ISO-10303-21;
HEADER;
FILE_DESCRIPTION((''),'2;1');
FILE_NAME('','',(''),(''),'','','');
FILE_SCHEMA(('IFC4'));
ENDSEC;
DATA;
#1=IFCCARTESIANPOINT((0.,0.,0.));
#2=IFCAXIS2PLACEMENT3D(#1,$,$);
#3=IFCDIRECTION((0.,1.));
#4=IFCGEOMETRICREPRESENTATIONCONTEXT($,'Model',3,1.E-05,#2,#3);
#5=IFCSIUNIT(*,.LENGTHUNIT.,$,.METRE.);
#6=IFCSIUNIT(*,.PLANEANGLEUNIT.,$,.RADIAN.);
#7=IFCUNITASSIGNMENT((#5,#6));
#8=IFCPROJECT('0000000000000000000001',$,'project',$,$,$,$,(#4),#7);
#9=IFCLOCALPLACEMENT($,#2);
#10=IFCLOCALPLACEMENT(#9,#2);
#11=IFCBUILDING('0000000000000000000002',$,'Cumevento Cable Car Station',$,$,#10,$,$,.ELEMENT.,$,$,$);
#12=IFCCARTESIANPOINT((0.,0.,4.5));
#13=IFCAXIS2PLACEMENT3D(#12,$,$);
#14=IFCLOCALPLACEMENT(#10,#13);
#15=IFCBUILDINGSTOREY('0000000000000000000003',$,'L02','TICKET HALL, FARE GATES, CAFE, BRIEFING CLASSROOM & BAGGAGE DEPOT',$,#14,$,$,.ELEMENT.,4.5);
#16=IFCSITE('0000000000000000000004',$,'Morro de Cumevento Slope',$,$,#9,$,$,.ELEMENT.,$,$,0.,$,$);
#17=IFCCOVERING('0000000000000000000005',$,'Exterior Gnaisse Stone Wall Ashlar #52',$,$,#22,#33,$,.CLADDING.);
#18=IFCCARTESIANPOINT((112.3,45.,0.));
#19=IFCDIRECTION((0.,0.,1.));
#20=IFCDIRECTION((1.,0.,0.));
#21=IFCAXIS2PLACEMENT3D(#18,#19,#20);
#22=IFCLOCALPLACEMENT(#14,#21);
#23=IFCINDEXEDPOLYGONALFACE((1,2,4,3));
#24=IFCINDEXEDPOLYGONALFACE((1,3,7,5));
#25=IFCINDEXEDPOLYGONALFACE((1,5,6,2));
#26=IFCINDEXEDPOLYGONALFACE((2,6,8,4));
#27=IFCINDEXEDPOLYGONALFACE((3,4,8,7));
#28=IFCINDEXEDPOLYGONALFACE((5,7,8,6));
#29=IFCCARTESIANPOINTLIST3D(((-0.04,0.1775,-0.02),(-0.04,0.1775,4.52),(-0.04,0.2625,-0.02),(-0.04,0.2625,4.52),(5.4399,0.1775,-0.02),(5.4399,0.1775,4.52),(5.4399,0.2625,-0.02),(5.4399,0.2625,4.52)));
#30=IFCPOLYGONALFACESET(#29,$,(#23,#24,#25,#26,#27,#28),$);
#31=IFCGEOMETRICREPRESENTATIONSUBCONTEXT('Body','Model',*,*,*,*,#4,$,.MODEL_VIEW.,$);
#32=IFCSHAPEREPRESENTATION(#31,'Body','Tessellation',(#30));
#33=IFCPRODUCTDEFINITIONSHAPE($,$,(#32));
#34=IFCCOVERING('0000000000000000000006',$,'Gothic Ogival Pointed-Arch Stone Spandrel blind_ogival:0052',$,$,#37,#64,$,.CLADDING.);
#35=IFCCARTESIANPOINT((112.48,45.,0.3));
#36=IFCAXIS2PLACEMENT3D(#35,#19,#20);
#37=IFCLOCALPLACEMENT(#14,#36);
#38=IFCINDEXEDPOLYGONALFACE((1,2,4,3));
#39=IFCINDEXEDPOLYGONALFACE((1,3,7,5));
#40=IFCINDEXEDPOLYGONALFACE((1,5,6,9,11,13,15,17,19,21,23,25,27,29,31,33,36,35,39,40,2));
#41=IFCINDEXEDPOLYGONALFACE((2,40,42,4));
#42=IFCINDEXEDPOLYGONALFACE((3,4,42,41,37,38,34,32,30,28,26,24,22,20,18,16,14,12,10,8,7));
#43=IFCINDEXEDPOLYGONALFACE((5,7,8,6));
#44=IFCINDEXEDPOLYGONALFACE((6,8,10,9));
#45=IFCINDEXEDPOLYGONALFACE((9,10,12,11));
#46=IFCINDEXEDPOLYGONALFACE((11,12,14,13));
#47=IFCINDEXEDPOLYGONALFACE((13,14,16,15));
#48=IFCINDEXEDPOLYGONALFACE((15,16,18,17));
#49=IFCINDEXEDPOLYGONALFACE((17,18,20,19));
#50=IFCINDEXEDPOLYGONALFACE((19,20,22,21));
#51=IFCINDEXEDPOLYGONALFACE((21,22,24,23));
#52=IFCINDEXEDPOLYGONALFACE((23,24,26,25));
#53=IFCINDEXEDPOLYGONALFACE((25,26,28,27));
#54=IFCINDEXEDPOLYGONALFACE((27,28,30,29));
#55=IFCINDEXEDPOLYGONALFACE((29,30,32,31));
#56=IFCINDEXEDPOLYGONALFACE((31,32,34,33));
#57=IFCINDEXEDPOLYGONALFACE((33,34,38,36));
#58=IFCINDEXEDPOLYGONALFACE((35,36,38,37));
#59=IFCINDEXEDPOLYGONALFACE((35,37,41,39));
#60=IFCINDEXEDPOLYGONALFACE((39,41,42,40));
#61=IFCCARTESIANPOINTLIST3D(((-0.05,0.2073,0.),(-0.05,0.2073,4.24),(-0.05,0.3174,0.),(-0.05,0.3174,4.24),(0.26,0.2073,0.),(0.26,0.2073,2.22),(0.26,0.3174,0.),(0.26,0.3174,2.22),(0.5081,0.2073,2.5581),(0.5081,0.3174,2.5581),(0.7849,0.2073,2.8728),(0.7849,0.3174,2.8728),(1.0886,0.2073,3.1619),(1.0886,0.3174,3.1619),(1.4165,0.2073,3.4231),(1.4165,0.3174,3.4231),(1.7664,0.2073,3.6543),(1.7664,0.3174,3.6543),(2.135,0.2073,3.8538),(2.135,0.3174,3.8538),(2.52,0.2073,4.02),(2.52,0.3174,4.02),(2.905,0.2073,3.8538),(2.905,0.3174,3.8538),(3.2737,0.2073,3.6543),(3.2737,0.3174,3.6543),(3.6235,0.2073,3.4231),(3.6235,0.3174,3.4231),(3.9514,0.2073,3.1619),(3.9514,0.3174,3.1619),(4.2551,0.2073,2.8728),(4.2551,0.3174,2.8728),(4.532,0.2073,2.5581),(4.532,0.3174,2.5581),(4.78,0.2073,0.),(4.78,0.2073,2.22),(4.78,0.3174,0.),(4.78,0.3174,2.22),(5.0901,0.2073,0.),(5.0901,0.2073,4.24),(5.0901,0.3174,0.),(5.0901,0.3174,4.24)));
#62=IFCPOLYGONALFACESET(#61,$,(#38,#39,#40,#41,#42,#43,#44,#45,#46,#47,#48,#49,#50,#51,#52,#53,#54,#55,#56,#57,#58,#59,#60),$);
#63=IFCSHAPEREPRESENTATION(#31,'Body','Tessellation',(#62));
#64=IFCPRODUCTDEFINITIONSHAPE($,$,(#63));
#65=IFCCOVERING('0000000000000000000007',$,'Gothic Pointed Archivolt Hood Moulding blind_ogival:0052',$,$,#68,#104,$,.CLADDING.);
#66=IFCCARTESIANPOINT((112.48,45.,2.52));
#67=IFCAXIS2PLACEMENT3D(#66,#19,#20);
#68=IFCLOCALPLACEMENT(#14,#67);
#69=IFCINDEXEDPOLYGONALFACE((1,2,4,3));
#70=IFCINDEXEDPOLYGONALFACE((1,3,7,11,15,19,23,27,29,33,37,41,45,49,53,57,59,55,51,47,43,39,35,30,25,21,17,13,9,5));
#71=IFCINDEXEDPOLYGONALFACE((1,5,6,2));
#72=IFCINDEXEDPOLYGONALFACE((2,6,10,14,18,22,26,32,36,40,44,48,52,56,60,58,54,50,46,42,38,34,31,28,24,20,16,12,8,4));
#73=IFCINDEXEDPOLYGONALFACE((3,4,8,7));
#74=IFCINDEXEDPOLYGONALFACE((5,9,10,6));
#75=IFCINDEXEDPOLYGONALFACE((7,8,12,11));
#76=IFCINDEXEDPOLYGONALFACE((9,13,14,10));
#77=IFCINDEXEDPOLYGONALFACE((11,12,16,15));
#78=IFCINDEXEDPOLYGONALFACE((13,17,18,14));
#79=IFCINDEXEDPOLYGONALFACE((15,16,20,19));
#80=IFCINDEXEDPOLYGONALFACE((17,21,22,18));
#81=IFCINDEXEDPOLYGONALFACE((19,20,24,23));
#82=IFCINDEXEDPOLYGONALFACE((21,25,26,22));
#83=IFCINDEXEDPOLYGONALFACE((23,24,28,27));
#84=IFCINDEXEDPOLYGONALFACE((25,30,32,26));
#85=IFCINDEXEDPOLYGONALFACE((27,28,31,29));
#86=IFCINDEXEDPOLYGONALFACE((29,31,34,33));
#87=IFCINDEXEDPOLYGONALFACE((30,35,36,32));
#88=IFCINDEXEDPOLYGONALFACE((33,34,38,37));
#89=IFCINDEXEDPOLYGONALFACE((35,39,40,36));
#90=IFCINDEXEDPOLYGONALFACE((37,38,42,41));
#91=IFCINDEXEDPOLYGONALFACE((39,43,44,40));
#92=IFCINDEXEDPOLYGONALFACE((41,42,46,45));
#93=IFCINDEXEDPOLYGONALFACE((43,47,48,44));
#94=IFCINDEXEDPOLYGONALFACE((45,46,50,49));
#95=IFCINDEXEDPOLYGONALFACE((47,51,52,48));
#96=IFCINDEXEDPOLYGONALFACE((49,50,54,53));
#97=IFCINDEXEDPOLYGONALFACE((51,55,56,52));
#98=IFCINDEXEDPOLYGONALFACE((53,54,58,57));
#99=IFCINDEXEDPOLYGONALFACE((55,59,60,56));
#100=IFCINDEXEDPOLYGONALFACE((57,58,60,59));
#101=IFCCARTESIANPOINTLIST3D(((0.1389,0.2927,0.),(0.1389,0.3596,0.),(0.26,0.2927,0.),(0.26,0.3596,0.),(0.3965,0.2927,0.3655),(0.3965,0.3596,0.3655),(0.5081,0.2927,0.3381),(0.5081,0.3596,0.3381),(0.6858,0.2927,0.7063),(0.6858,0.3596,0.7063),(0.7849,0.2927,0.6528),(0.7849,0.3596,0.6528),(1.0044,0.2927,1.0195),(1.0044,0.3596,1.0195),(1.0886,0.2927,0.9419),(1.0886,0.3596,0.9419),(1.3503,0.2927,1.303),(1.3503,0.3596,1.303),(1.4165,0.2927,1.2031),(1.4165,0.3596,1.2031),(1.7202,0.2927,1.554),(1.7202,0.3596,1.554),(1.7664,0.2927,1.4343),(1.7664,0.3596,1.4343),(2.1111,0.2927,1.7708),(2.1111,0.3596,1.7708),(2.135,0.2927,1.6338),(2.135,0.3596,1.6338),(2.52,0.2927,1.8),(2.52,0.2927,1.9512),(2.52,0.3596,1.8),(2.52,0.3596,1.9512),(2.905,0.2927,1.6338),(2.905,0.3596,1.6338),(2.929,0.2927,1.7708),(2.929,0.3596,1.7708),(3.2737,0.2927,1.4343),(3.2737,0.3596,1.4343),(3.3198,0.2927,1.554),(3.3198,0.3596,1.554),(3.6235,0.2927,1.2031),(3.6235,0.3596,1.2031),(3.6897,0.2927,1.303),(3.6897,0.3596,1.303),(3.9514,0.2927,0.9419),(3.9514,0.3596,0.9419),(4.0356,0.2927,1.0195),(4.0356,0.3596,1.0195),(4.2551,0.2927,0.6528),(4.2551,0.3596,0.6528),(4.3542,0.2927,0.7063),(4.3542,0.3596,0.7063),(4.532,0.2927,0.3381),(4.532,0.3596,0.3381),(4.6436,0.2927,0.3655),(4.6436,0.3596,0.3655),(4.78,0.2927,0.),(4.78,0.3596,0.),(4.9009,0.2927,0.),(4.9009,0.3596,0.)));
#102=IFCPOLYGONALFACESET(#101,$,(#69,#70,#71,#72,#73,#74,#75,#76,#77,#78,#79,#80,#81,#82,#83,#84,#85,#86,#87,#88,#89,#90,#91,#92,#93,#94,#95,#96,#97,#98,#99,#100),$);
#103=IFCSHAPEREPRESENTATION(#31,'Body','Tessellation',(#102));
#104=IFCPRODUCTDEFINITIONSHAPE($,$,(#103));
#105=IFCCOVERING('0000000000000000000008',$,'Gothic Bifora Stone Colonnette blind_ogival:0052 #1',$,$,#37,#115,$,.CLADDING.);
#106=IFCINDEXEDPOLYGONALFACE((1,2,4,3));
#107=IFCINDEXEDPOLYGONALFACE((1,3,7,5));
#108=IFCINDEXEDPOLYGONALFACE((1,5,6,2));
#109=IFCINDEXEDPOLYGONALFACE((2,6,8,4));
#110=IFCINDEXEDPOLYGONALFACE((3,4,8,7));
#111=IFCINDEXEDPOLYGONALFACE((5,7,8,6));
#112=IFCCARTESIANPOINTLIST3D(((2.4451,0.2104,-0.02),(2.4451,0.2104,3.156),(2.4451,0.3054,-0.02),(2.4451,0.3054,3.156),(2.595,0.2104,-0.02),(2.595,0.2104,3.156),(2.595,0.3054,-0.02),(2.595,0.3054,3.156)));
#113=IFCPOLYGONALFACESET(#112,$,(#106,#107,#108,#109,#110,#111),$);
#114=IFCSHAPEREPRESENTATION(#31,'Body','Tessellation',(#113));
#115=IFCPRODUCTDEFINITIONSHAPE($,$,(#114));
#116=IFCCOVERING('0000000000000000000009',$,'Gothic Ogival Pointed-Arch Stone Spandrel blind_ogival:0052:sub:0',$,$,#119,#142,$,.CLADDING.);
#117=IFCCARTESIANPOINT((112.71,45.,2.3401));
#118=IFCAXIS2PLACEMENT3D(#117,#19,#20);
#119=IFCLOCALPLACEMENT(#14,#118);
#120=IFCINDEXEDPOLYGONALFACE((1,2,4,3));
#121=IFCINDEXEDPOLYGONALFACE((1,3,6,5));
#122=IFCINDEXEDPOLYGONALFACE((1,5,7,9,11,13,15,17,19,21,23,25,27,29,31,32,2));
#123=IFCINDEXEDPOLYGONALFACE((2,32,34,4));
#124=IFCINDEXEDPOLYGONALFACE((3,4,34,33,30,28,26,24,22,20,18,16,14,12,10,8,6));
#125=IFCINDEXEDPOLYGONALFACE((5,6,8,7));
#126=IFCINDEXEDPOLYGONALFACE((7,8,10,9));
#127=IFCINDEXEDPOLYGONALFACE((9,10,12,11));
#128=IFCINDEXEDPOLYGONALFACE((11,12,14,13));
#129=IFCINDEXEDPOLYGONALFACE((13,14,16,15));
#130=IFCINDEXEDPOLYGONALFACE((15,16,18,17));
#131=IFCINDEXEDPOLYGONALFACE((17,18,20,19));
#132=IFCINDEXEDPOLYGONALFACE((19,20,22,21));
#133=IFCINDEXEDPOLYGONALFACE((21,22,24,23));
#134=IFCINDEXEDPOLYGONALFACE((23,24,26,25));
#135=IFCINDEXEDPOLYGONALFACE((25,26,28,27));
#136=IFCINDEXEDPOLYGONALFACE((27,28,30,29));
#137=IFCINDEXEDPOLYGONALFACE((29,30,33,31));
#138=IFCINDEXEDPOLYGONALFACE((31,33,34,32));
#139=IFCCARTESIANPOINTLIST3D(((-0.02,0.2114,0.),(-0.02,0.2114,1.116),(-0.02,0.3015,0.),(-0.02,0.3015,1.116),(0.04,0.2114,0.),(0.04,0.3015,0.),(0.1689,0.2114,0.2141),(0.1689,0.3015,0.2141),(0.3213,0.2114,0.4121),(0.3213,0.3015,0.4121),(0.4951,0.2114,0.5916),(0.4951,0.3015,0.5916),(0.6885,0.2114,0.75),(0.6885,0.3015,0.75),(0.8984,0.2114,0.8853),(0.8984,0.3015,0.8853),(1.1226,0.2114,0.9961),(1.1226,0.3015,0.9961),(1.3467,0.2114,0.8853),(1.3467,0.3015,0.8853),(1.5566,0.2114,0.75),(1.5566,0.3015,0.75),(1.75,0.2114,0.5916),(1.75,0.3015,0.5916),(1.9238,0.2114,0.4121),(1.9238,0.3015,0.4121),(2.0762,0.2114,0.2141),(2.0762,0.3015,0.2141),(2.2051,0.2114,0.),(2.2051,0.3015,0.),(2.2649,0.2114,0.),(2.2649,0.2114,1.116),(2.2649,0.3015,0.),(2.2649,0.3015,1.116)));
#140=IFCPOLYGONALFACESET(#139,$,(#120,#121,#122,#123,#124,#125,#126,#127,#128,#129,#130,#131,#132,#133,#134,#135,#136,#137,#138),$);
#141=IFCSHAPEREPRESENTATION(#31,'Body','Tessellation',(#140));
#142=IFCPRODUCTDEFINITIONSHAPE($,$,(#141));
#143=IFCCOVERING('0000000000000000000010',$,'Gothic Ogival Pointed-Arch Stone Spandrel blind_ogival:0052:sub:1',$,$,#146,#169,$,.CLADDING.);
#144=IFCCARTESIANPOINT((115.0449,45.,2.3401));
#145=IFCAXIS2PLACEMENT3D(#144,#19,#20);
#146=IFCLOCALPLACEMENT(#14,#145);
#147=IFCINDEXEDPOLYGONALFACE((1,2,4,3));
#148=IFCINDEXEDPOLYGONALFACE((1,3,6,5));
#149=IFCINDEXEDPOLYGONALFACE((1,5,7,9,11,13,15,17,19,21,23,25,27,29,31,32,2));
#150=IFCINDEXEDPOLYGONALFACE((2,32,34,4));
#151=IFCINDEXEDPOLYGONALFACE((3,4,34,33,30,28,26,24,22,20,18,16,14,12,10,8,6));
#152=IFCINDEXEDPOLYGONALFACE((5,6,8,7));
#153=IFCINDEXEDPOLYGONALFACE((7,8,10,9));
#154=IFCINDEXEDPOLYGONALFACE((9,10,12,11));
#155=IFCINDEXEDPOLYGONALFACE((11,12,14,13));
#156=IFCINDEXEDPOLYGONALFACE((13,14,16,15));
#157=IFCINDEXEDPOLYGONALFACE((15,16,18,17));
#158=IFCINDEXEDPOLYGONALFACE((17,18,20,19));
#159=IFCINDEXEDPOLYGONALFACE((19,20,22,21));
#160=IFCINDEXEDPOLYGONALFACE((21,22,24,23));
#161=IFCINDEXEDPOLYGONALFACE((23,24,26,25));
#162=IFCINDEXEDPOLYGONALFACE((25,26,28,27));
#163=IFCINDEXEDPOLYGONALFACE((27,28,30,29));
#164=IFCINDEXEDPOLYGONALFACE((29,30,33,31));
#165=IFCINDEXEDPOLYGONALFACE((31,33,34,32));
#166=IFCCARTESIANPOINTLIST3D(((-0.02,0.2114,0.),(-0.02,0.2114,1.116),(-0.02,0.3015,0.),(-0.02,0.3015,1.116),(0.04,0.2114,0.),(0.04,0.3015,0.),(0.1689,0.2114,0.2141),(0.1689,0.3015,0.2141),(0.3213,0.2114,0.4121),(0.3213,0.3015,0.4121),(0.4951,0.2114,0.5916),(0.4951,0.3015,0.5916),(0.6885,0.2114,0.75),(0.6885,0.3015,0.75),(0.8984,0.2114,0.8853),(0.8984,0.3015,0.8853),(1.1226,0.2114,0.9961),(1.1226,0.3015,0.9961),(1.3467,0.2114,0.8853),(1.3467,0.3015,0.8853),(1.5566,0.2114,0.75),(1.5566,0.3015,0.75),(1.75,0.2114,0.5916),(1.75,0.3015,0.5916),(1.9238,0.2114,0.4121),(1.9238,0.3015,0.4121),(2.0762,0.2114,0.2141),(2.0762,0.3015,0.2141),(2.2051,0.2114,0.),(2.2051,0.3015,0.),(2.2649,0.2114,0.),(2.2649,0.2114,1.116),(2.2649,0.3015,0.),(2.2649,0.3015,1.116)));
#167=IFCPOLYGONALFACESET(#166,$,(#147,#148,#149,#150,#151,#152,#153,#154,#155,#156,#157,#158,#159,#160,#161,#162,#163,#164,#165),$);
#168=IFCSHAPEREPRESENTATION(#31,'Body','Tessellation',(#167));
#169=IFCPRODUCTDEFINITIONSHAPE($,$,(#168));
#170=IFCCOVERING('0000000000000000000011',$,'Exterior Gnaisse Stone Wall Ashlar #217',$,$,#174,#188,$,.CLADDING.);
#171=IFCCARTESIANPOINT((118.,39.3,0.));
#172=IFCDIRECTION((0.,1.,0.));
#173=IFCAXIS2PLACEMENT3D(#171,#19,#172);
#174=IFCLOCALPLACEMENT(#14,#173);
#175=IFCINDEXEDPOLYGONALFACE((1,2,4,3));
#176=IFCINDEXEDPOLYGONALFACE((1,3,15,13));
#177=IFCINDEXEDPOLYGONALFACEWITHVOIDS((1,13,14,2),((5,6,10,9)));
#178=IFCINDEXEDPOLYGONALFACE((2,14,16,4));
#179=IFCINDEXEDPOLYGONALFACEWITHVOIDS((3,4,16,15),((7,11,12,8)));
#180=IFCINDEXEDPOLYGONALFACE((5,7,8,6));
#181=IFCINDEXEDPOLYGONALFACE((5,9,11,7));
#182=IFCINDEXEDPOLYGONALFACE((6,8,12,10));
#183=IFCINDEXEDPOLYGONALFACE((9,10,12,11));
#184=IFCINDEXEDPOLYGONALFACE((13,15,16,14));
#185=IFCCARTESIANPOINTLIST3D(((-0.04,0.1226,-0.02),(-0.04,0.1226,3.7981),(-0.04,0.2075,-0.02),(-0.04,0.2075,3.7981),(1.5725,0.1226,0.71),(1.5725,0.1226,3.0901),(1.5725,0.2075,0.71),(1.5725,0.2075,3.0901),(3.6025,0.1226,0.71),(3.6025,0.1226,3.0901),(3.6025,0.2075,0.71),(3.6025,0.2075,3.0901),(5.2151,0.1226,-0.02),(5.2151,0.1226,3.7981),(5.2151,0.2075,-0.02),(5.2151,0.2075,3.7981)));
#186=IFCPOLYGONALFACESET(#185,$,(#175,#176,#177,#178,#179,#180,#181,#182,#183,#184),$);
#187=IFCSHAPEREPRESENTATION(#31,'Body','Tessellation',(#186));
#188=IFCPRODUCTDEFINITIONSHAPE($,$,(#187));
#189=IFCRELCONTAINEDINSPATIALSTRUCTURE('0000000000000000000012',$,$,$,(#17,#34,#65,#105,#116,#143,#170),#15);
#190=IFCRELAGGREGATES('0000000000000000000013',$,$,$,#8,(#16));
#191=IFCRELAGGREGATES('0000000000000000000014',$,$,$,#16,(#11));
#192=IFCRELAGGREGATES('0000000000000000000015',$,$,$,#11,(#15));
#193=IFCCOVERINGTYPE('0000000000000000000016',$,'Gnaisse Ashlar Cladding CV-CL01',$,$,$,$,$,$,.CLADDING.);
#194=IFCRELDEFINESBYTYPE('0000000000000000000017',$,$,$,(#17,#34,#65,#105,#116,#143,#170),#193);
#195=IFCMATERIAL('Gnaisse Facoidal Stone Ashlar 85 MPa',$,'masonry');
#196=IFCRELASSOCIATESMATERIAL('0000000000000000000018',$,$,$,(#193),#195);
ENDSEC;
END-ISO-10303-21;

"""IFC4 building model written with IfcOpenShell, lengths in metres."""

from ifc_helpers import new_model, si_unit, direction, frame, origin, place, context, subcontext, project, spatial, polyline, outline, extrude, material, type_object, element, save


model = new_model("IFC4")

# Units and contexts
model_context = context("Model", 3, precision=1e-05, world=origin(), true_north=direction((0.0, 1.0)))
body_context = subcontext(model_context, "Body", "Model", "MODEL_VIEW")
ifc_project = project(units=[si_unit("LENGTHUNIT", "METRE"), si_unit("PLANEANGLEUNIT", "RADIAN")], contexts=[model_context])

# Site, building, storey
site_placement = place(None, origin())
site = spatial("IfcSite", under=ifc_project, at=site_placement, Name="Morro de Cumevento Slope", CompositionType="ELEMENT", RefElevation=0.0)
building_placement = place(site_placement, origin())
building = spatial("IfcBuilding", under=site, at=building_placement, Name="Cumevento Cable Car Station", CompositionType="ELEMENT")
storey_placement = place(building_placement, frame((0.0, 0.0, 4.5)))
storey = spatial("IfcBuildingStorey", under=building, at=storey_placement, Name="L02", Description="TICKET HALL, FARE GATES, CAFE, BRIEFING CLASSROOM & BAGGAGE DEPOT", CompositionType="ELEMENT", Elevation=4.5)

# Coverings
ifc_material_1 = material(Name="Gnaisse Facoidal Stone Ashlar 85 MPa", Category="masonry")
covering_type = type_object("IfcCoveringType", Name="Gnaisse Ashlar Cladding CV-CL01", PredefinedType="CLADDING", material=ifc_material_1)
covering_1_placement = place(storey_placement, frame((112.3, 45.0, 0.0), z_axis=(0.0, 0.0, 1.0), x_axis=(1.0, 0.0, 0.0)))
element("IfcCovering", 1, at=covering_1_placement, inside=storey, type_object=covering_type, Name="Exterior Gnaisse Stone Wall Ashlar #52", PredefinedType="CLADDING", context=body_context, shape_type="SweptSolid", body=[
    extrude(outline(polyline([(-0.04, -0.02), (5.4399, -0.02), (5.4399, 4.52), (-0.04, 4.52), (-0.04, -0.02)])), frame((0.0, 0.2625, 0.0), z_axis=(0.0, -1.0, 0.0), x_axis=(1.0, 0.0, 0.0)), (0.0, 0.0, 1.0), 0.085),
])
placement = place(storey_placement, frame((112.48, 45.0, 0.3), z_axis=(0.0, 0.0, 1.0), x_axis=(1.0, 0.0, 0.0)))
element("IfcCovering", 2, at=placement, inside=storey, type_object=covering_type, Name="Gothic Ogival Pointed-Arch Stone Spandrel blind_ogival:0052", PredefinedType="CLADDING", context=body_context, shape_type="SweptSolid", body=[
    extrude(outline(polyline([(-0.05, 0.0), (-0.05, 4.24), (5.0901, 4.24), (5.0901, 0.0), (4.78, 0.0), (4.78, 2.22), (4.532, 2.5581), (4.2551, 2.8728), (3.9514, 3.1619), (3.6235, 3.4231), (3.2737, 3.6543), (2.905, 3.8538), (2.52, 4.02), (2.135, 3.8538), (1.7664, 3.6543), (1.4165, 3.4231), (1.0886, 3.1619), (0.7849, 2.8728), (0.5081, 2.5581), (0.26, 2.22), (0.26, 0.0), (-0.05, 0.0)])), frame((0.0, 0.3174, 0.0), z_axis=(0.0, -1.0, 0.0), x_axis=(1.0, 0.0, 0.0)), (0.0, 0.0, 1.0), 0.1101),
])
covering_2_placement = place(storey_placement, frame((112.48, 45.0, 2.52), z_axis=(0.0, 0.0, 1.0), x_axis=(1.0, 0.0, 0.0)))
element("IfcCovering", 3, at=covering_2_placement, inside=storey, type_object=covering_type, Name="Gothic Pointed Archivolt Hood Moulding blind_ogival:0052", PredefinedType="CLADDING", context=body_context, shape_type="SweptSolid", body=[
    extrude(outline(polyline([(0.26, 0.0), (0.5081, 0.3381), (0.7849, 0.6528), (1.0886, 0.9419), (1.4165, 1.2031), (1.7664, 1.4343), (2.135, 1.6338), (2.52, 1.8), (2.905, 1.6338), (3.2737, 1.4343), (3.6235, 1.2031), (3.9514, 0.9419), (4.2551, 0.6528), (4.532, 0.3381), (4.78, 0.0), (4.9009, 0.0), (4.6436, 0.3655), (4.3542, 0.7063), (4.0356, 1.0195), (3.6897, 1.303), (3.3198, 1.554), (2.929, 1.7708), (2.52, 1.9512), (2.1111, 1.7708), (1.7202, 1.554), (1.3503, 1.303), (1.0044, 1.0195), (0.6858, 0.7063), (0.3965, 0.3655), (0.1389, 0.0), (0.26, 0.0)])), frame((0.0, 0.3596, 0.0), z_axis=(0.0, -1.0, 0.0), x_axis=(1.0, 0.0, 0.0)), (0.0, 0.0, 1.0), 0.0669),
])
element("IfcCovering", 4, at=placement, inside=storey, type_object=covering_type, Name="Gothic Bifora Stone Colonnette blind_ogival:0052 #1", PredefinedType="CLADDING", context=body_context, shape_type="SweptSolid", body=[
    extrude(outline(polyline([(2.4451, -0.02), (2.595, -0.02), (2.595, 3.156), (2.4451, 3.156), (2.4451, -0.02)])), frame((0.0, 0.3054, 0.0), z_axis=(0.0, -1.0, 0.0), x_axis=(1.0, 0.0, 0.0)), (0.0, 0.0, 1.0), 0.095),
])
for number, where, z_axis, x_axis, name in (
    (5, (112.71, 45.0, 2.3401), (0.0, 0.0, 1.0), (1.0, 0.0, 0.0), "Gothic Ogival Pointed-Arch Stone Spandrel blind_ogival:0052:sub:0"),
    (6, (115.0449, 45.0, 2.3401), (0.0, 0.0, 1.0), (1.0, 0.0, 0.0), "Gothic Ogival Pointed-Arch Stone Spandrel blind_ogival:0052:sub:1"),
):
    element("IfcCovering", number, at=place(storey_placement, frame(where, z_axis=z_axis, x_axis=x_axis)), inside=storey, type_object=covering_type, Name=name, PredefinedType="CLADDING", context=body_context, shape_type="SweptSolid", body=[
        extrude(outline(polyline([(-0.02, 0.0), (-0.02, 1.116), (2.2649, 1.116), (2.2649, 0.0), (2.2051, 0.0), (2.0762, 0.2141), (1.9238, 0.4121), (1.75, 0.5916), (1.5566, 0.75), (1.3467, 0.8853), (1.1226, 0.9961), (0.8984, 0.8853), (0.6885, 0.75), (0.4951, 0.5916), (0.3213, 0.4121), (0.1689, 0.2141), (0.04, 0.0), (-0.02, 0.0)])), frame((0.0, 0.3015, 0.0), z_axis=(0.0, -1.0, 0.0), x_axis=(1.0, 0.0, 0.0)), (0.0, 0.0, 1.0), 0.0901),
    ])
covering_3_placement = place(storey_placement, frame((118.0, 39.3, 0.0), z_axis=(0.0, 0.0, 1.0), x_axis=(0.0, 1.0, 0.0)))
element("IfcCovering", 7, at=covering_3_placement, inside=storey, type_object=covering_type, Name="Exterior Gnaisse Stone Wall Ashlar #217", PredefinedType="CLADDING", context=body_context, shape_type="SweptSolid", body=[
    extrude(outline(polyline([(-0.04, -0.02), (5.2151, -0.02), (5.2151, 3.7981), (-0.04, 3.7981), (-0.04, -0.02)]), holes=[polyline([(1.5725, 0.71), (3.6025, 0.71), (3.6025, 3.0901), (1.5725, 3.0901), (1.5725, 0.71)])]), frame((0.0, 0.2075, 0.0), z_axis=(0.0, -1.0, 0.0), x_axis=(1.0, 0.0, 0.0)), (0.0, 0.0, 1.0), 0.085),
])

save(model, "model.ifc")
